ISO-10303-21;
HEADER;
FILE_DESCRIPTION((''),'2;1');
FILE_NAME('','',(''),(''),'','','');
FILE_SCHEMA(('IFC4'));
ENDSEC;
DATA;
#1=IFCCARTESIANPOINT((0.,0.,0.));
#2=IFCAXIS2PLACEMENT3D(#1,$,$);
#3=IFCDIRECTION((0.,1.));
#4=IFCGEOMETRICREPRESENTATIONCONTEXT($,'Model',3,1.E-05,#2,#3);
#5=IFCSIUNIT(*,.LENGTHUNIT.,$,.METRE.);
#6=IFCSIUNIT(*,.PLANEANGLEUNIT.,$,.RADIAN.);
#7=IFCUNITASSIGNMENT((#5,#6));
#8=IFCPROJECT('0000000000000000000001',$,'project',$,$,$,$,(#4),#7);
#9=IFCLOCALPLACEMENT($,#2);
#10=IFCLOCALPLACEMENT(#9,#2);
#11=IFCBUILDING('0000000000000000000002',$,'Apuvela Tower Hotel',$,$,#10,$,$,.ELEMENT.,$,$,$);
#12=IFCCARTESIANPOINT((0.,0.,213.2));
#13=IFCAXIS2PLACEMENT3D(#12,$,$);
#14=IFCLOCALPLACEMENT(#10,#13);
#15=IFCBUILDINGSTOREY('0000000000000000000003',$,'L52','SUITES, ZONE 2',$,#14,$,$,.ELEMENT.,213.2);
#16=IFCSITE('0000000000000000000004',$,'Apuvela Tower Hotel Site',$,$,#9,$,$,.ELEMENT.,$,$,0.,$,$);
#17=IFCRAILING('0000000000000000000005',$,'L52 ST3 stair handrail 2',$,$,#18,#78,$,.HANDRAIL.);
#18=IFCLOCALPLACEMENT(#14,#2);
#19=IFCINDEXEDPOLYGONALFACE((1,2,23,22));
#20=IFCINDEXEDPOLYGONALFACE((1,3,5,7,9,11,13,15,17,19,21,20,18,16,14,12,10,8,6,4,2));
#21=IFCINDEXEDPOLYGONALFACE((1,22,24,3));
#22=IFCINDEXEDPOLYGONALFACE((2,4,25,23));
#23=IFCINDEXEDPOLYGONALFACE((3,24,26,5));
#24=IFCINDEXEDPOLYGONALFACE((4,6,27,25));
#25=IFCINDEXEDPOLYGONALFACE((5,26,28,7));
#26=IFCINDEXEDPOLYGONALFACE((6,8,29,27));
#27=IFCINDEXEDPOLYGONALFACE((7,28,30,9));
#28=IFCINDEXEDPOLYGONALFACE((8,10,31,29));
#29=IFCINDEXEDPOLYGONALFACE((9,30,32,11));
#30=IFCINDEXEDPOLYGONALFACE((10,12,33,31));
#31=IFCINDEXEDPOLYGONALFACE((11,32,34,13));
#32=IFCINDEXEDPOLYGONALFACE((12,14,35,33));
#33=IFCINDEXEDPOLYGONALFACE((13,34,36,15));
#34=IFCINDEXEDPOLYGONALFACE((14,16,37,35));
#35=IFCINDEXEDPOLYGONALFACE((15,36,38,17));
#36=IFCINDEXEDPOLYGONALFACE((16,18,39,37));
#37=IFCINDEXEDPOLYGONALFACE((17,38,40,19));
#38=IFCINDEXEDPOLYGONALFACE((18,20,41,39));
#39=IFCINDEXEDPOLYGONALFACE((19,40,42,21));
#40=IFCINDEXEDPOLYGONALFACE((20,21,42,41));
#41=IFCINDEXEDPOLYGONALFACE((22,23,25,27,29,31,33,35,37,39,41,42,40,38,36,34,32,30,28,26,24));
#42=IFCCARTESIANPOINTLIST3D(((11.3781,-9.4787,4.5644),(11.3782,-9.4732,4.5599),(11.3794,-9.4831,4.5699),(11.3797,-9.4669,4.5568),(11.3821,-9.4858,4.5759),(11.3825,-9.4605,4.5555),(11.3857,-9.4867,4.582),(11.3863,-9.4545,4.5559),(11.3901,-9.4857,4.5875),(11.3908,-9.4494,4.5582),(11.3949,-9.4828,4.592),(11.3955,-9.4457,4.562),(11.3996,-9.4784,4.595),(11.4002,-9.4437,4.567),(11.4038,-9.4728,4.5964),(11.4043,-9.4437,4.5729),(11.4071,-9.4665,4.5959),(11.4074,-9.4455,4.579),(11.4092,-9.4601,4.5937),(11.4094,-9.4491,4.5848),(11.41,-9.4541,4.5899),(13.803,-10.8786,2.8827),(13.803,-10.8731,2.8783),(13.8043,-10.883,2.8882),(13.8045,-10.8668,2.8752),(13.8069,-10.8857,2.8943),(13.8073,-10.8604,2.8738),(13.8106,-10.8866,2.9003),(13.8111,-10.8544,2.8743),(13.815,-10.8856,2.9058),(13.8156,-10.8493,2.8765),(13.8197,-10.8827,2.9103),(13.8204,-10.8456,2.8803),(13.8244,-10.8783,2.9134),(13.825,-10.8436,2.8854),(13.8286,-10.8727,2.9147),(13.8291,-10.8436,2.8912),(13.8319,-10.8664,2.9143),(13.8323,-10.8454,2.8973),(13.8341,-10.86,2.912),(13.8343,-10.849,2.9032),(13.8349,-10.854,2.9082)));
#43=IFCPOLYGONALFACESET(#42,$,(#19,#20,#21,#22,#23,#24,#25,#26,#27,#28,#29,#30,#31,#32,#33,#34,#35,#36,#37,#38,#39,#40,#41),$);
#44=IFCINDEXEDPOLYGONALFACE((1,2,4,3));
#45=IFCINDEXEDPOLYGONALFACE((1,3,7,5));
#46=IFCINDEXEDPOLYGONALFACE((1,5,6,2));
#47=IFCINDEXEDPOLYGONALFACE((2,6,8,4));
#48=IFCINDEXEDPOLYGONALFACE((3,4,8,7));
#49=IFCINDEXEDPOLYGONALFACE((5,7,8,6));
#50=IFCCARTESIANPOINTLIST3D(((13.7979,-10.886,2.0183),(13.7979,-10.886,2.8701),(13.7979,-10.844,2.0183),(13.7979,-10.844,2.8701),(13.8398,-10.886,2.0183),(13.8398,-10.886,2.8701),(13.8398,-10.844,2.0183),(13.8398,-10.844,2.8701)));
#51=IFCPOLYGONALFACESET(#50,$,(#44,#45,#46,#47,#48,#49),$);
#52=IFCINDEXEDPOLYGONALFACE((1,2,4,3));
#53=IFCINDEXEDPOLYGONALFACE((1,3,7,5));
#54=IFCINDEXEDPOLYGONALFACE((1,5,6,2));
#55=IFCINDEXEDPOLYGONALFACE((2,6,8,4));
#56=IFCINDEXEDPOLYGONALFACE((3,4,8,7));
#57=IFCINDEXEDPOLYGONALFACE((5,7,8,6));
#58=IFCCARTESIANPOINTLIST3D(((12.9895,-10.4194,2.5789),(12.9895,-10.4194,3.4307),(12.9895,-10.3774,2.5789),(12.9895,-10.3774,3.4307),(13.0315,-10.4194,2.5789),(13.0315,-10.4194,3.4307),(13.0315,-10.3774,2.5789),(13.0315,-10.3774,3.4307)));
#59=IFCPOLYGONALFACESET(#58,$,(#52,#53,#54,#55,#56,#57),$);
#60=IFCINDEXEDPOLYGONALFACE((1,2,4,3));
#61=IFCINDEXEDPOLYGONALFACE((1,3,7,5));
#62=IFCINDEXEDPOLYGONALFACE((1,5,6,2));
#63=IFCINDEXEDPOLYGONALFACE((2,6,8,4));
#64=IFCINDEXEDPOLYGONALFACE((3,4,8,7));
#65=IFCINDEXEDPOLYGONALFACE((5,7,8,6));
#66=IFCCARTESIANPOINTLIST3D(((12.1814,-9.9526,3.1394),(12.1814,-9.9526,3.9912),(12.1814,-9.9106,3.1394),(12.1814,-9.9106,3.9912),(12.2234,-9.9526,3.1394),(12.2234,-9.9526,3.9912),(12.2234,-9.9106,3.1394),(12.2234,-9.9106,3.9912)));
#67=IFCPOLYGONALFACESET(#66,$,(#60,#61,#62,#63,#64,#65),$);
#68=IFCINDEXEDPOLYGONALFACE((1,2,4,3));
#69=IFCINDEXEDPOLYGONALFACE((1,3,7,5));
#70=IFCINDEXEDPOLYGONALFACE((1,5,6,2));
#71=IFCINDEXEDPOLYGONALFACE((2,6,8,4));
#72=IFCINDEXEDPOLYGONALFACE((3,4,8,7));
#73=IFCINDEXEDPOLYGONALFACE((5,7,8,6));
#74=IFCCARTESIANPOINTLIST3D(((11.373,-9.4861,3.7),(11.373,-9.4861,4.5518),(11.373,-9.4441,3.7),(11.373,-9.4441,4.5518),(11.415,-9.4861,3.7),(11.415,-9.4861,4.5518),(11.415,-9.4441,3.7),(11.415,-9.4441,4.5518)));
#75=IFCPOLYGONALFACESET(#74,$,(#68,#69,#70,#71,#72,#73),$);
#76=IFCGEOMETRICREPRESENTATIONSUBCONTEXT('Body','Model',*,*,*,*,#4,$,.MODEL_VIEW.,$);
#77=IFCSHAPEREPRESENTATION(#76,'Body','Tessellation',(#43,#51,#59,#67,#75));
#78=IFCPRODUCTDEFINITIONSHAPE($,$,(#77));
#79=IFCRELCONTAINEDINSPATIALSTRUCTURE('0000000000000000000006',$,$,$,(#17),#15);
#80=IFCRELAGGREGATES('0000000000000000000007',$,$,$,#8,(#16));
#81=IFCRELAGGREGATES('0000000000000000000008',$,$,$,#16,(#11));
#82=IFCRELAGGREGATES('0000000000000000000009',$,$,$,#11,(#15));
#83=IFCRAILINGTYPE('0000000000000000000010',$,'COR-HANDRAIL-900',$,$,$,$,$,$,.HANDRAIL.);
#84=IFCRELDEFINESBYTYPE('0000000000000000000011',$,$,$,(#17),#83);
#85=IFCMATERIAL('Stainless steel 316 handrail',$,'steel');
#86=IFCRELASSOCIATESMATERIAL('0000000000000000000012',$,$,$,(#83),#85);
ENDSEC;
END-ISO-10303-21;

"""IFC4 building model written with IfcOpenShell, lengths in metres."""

from ifc_helpers import new_model, si_unit, direction, frame, origin, origin_2d, place, context, subcontext, project, spatial, rectangle, circle, extrude, material, type_object, element, save


model = new_model("IFC4")

# Units and contexts
model_context = context("Model", 3, precision=1e-05, world=origin(), true_north=direction((0.0, 1.0)))
body_context = subcontext(model_context, "Body", "Model", "MODEL_VIEW")
ifc_project = project(units=[si_unit("LENGTHUNIT", "METRE"), si_unit("PLANEANGLEUNIT", "RADIAN")], contexts=[model_context])

# Site, building, storey
site_placement = place(None, origin())
site = spatial("IfcSite", under=ifc_project, at=site_placement, Name="Apuvela Tower Hotel Site", CompositionType="ELEMENT", RefElevation=0.0)
building_placement = place(site_placement, origin())
building = spatial("IfcBuilding", under=site, at=building_placement, Name="Apuvela Tower Hotel", CompositionType="ELEMENT")
storey_placement = place(building_placement, frame((0.0, 0.0, 213.2)))
storey = spatial("IfcBuildingStorey", under=building, at=storey_placement, Name="L52", Description="SUITES, ZONE 2", CompositionType="ELEMENT", Elevation=213.2)

# Railing
ifc_material_1 = material(Name="Stainless steel 316 handrail", Category="steel")
railing_type_1 = type_object("IfcRailingType", Name="COR-HANDRAIL-900", PredefinedType="HANDRAIL", material=ifc_material_1)
railing_1_placement = place(storey_placement, frame((13.8188, -10.865, 2.0183)))
element("IfcRailing", 1, at=railing_1_placement, inside=storey, type_object=railing_type_1, Name="L52 ST3 stair handrail 2", PredefinedType="HANDRAIL", context=body_context, shape_type="SweptSolid", body=[
    extrude(circle(Radius=0.0239, at=origin_2d()), frame((0.0, 0.0, 0.876), z_axis=(-0.742419, 0.428618, 0.514879), x_axis=(-0.499984, -0.866035, 0.0)), (0.0, 0.0, 1.0), 3.2661),
    extrude(rectangle(XDim=0.042, YDim=0.042, at=origin_2d()), origin(), (0.0, 0.0, 1.0), 0.8518),
    extrude(rectangle(XDim=0.042, YDim=0.042, at=origin_2d()), frame((-0.8083, 0.4666, 0.5605)), (0.0, 0.0, 1.0), 0.8518),
    extrude(rectangle(XDim=0.042, YDim=0.042, at=origin_2d()), frame((-1.6165, 0.9333, 1.1211)), (0.0, 0.0, 1.0), 0.8518),
    extrude(rectangle(XDim=0.042, YDim=0.042, at=origin_2d()), frame((-2.4248, 1.3999, 1.6816)), (0.0, 0.0, 1.0), 0.8518),
])

save(model, "model.ifc")
